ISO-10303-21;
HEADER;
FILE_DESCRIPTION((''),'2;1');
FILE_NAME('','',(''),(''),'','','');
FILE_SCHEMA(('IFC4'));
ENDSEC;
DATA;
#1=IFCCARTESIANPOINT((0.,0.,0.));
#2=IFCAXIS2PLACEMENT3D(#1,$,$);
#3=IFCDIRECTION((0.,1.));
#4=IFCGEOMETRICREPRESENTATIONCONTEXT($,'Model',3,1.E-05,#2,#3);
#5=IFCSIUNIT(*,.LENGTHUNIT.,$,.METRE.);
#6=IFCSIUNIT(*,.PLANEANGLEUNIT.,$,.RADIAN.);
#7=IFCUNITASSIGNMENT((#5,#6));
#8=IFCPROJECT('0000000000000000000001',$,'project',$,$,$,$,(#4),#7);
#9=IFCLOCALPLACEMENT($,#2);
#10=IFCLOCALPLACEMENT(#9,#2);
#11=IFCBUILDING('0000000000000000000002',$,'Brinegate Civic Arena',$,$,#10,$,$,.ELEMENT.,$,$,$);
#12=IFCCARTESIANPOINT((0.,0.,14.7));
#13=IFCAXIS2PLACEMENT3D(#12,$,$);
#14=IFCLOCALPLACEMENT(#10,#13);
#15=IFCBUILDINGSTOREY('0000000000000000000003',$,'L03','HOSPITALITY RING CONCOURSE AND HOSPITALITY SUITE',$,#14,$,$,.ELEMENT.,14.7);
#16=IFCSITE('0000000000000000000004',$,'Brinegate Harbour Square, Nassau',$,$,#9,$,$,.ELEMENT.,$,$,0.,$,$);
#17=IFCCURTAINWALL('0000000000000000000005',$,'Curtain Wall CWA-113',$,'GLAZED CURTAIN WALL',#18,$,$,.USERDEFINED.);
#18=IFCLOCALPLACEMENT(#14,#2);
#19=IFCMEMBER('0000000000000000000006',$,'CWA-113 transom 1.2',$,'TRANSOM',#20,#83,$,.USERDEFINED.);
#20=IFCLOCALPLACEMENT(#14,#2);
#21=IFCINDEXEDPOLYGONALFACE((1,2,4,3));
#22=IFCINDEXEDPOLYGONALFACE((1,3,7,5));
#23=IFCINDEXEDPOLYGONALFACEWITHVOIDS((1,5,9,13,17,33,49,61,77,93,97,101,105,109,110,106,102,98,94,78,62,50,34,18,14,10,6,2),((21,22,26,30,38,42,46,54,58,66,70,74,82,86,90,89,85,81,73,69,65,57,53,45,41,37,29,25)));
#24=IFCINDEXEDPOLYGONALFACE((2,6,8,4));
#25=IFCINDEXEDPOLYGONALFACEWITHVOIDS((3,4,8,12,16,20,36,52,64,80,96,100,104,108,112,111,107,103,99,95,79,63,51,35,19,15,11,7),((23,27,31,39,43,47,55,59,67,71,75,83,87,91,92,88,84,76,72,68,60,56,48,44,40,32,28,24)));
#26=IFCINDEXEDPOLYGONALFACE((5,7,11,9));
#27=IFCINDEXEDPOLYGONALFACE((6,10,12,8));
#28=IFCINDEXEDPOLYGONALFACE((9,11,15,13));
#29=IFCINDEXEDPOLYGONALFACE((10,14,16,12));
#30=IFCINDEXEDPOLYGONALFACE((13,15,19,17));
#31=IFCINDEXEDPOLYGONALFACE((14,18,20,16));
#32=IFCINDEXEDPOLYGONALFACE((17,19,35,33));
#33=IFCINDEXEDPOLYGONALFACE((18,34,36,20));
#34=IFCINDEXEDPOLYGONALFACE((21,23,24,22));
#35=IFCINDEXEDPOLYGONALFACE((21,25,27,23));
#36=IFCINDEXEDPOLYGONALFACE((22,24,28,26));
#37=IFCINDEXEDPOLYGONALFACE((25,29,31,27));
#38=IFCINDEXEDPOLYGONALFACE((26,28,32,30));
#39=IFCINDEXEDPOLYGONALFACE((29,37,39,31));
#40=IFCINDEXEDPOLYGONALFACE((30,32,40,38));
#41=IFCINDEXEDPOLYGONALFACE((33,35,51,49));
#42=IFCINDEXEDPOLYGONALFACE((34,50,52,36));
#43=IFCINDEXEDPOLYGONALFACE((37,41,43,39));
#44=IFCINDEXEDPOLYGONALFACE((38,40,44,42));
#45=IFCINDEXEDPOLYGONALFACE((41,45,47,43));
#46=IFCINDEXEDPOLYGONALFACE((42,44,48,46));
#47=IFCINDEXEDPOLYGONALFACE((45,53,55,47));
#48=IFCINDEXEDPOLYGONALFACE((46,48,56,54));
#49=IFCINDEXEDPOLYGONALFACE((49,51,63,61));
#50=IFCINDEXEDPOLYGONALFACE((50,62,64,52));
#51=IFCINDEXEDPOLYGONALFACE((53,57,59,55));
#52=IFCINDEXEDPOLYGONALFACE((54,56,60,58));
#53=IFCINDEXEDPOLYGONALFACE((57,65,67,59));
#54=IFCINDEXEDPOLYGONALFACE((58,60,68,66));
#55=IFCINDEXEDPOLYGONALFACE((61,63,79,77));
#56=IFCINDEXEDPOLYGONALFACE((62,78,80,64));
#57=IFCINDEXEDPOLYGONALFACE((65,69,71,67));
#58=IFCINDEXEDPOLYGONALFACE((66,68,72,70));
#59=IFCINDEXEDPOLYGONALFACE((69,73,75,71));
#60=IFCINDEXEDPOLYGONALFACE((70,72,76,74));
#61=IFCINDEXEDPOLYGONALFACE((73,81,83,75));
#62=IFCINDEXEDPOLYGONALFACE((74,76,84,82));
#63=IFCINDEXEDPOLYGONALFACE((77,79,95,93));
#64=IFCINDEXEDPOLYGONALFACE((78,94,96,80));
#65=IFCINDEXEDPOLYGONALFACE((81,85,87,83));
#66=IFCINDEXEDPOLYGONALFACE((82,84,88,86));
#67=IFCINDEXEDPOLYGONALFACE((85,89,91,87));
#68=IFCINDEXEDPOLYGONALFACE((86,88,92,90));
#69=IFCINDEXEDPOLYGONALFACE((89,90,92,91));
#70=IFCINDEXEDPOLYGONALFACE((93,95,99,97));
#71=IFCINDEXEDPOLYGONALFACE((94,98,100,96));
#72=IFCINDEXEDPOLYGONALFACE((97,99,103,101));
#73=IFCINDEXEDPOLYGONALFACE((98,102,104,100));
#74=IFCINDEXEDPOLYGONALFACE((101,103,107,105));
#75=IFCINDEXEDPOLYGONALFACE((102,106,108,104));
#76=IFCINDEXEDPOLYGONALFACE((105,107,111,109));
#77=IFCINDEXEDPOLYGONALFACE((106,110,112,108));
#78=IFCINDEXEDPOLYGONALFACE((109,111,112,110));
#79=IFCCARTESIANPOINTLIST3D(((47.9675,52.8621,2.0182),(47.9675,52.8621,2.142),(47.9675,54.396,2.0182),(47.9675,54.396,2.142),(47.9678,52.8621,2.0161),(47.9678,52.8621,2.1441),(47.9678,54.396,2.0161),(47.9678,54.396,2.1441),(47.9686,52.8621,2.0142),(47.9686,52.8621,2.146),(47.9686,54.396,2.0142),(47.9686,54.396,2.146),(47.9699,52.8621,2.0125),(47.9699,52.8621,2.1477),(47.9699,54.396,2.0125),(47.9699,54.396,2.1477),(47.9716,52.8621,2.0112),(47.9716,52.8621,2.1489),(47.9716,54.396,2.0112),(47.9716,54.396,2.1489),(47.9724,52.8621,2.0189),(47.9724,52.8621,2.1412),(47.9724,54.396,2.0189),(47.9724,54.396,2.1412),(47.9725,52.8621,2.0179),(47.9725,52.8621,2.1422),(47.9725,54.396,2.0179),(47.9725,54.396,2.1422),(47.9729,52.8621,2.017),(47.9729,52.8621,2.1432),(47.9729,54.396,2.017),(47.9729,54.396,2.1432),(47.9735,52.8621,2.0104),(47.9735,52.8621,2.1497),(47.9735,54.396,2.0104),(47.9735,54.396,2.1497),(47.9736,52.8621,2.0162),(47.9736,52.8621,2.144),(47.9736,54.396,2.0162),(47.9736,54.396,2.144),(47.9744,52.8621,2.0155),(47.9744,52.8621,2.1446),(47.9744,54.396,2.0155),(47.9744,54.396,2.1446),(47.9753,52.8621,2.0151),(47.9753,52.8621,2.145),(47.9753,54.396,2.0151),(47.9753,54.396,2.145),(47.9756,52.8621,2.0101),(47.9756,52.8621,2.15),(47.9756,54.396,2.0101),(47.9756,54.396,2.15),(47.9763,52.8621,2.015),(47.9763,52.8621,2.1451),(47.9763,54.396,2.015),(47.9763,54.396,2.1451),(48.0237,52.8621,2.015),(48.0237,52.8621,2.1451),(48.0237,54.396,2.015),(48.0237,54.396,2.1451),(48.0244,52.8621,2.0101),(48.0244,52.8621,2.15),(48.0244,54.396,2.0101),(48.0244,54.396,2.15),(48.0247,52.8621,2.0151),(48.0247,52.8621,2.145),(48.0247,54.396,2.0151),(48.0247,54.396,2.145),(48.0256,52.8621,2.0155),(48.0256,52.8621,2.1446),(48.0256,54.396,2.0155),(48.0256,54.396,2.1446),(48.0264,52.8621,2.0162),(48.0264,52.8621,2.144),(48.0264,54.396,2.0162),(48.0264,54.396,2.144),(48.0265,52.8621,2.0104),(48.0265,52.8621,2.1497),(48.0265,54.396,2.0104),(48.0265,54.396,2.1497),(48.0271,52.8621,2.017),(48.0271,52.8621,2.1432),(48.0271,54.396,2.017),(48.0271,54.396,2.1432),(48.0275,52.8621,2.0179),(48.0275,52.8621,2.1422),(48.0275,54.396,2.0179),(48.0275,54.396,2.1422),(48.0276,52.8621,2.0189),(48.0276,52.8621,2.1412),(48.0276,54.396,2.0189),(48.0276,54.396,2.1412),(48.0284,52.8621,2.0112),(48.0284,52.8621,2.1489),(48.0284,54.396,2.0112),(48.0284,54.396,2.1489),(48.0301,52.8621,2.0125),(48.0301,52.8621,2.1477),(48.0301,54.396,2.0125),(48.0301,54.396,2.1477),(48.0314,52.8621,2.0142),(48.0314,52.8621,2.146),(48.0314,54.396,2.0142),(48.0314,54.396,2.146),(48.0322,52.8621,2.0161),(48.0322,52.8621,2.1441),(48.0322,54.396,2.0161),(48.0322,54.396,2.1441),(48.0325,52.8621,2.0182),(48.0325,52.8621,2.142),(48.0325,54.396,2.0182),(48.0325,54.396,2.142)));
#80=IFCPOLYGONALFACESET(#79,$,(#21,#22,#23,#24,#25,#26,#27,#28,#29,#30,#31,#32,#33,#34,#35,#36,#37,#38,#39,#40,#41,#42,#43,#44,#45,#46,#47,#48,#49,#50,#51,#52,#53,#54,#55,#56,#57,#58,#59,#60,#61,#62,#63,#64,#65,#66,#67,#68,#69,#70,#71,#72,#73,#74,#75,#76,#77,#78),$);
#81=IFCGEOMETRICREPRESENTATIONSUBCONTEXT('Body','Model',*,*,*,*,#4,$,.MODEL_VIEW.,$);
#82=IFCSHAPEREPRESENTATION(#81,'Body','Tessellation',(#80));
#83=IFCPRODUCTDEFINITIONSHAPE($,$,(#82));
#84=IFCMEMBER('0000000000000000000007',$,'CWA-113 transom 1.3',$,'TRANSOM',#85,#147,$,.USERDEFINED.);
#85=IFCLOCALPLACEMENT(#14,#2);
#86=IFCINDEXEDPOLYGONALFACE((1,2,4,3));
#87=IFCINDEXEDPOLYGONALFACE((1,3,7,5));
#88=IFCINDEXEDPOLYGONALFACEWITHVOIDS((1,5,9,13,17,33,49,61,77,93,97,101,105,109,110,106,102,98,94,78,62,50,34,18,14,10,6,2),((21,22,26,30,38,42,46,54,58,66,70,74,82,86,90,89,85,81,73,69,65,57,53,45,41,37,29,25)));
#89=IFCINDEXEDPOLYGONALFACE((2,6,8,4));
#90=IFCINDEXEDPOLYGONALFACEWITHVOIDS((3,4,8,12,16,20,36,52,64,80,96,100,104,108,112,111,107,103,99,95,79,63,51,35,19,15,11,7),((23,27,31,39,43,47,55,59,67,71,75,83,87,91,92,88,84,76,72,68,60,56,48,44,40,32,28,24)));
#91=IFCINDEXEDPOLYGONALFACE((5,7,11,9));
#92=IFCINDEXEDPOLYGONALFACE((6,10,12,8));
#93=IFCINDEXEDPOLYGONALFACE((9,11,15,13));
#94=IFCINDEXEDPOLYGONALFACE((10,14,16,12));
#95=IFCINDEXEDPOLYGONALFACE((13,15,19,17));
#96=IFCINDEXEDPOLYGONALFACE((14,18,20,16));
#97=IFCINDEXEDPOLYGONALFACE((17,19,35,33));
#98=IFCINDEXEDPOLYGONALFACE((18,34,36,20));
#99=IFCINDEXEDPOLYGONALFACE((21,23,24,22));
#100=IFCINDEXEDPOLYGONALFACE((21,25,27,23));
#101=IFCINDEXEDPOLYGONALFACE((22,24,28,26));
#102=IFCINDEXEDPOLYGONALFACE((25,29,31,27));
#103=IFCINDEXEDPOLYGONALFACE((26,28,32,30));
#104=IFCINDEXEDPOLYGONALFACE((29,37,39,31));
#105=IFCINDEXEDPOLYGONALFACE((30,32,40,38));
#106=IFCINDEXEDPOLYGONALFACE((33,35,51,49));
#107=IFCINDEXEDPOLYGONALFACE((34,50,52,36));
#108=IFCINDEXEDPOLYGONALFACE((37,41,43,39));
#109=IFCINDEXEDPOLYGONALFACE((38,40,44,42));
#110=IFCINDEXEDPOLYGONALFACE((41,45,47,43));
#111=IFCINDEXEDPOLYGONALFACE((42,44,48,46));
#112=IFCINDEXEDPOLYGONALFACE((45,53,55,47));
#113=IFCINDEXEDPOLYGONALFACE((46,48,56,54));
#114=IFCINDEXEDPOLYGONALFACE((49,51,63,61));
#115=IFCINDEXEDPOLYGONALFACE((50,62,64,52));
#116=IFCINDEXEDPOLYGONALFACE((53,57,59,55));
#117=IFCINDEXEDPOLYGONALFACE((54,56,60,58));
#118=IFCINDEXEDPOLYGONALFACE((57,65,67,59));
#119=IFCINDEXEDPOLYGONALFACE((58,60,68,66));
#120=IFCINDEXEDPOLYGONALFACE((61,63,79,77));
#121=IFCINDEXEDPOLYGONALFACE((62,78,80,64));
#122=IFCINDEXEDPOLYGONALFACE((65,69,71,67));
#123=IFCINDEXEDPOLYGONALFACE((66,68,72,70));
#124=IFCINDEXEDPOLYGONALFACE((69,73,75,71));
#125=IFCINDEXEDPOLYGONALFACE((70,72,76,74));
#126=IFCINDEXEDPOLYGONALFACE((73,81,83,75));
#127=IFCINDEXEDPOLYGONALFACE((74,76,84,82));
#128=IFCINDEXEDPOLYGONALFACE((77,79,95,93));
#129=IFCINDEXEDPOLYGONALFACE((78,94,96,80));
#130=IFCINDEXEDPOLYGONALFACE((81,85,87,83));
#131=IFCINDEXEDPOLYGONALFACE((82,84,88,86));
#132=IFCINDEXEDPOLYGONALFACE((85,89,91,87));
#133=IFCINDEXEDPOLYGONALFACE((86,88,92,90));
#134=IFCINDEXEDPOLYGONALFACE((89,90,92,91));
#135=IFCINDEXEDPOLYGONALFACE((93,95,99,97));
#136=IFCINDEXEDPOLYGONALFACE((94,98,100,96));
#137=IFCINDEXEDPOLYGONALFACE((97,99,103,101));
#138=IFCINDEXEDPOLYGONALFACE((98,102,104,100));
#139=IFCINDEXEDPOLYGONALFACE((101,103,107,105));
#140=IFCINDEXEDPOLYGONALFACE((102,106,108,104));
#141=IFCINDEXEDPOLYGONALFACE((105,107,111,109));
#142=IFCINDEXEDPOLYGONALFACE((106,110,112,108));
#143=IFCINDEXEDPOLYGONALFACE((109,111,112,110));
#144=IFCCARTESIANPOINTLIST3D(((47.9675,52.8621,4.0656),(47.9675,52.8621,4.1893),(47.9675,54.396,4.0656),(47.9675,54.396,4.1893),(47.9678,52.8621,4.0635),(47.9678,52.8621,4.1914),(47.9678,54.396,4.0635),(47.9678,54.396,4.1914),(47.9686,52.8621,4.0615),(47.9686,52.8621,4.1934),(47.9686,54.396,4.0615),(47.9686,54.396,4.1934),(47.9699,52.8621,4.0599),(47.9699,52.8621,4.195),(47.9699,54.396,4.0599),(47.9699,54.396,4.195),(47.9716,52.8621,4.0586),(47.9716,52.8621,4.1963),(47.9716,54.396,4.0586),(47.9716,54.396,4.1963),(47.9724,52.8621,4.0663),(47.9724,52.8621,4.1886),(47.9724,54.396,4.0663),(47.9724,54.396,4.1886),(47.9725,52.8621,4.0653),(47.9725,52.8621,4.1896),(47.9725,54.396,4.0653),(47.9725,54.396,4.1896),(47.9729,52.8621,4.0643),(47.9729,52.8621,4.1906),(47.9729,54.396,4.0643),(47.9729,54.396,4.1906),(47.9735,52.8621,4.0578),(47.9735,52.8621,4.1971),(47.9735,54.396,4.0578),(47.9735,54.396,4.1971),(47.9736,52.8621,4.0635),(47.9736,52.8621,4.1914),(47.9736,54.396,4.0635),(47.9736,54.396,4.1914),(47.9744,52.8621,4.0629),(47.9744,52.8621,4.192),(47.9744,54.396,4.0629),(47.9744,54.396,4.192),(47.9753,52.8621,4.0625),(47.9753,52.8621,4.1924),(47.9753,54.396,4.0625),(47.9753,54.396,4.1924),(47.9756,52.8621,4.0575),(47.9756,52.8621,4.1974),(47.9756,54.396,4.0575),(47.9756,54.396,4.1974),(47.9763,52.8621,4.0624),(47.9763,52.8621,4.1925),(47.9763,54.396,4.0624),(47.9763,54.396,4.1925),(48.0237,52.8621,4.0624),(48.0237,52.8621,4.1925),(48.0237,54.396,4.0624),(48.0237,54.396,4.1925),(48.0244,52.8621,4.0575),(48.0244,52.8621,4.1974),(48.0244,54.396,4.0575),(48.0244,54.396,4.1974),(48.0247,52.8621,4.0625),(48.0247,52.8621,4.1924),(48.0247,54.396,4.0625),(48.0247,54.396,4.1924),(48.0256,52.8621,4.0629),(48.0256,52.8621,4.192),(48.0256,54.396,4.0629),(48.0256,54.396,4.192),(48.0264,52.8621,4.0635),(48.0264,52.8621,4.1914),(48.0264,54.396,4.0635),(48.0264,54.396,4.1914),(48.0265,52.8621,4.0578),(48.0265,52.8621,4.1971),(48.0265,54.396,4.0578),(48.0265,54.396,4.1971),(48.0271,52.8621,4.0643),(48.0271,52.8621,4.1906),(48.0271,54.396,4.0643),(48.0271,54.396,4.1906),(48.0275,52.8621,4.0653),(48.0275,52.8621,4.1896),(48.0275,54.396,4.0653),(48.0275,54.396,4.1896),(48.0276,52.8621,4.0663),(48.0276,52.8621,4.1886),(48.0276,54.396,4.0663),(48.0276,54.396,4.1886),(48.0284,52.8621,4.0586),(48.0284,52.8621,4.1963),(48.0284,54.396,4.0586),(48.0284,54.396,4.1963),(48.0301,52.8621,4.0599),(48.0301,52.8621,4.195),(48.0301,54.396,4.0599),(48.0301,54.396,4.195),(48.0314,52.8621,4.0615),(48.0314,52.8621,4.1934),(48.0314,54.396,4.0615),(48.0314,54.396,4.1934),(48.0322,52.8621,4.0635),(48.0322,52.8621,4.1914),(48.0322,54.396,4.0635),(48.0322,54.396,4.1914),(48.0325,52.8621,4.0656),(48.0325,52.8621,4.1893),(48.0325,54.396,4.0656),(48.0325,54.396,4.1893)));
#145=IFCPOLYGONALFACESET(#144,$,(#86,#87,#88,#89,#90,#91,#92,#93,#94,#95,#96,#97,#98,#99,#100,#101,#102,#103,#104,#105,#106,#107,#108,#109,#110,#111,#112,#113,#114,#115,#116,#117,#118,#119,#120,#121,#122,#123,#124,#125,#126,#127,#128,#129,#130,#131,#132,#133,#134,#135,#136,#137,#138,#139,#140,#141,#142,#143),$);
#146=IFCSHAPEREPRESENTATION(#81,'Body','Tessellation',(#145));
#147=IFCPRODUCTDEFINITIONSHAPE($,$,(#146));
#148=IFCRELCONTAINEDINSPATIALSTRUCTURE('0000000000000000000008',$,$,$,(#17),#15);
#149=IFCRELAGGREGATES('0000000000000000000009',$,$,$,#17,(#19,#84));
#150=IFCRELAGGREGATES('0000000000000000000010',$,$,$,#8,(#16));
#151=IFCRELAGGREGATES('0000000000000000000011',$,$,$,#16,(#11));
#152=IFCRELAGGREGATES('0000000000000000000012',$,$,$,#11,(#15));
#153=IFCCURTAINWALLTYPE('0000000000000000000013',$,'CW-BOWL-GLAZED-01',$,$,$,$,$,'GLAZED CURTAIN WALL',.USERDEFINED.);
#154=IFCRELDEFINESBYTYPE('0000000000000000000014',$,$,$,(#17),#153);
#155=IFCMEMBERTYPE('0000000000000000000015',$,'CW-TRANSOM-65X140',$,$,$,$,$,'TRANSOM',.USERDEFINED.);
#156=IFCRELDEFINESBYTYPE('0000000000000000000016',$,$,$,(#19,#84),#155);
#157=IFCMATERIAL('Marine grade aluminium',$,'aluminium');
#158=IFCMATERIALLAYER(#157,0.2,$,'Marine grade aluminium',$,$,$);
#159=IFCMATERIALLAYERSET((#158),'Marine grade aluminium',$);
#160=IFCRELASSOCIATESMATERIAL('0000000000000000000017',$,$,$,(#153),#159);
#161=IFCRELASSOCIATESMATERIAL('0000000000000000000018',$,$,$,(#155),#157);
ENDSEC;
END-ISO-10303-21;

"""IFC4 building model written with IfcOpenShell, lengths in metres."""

from ifc_helpers import new_model, si_unit, direction, frame, origin, origin_2d, place, context, subcontext, project, spatial, hollow_rectangle, extrude, material, layer, layer_set, material_profile, profile_set, type_object, element, aggregate, save


model = new_model("IFC4")

# Units and contexts
model_context = context("Model", 3, precision=1e-05, world=origin(), true_north=direction((0.0, 1.0)))
body_context = subcontext(model_context, "Body", "Model", "MODEL_VIEW")
ifc_project = project(units=[si_unit("LENGTHUNIT", "METRE"), si_unit("PLANEANGLEUNIT", "RADIAN")], contexts=[model_context])

# Site, building, storey
site_placement = place(None, origin())
site = spatial("IfcSite", under=ifc_project, at=site_placement, Name="Brinegate Harbour Square, Nassau", CompositionType="ELEMENT", RefElevation=0.0)
building_placement = place(site_placement, origin())
building = spatial("IfcBuilding", under=site, at=building_placement, Name="Brinegate Civic Arena", CompositionType="ELEMENT")
storey_placement = place(building_placement, frame((0.0, 0.0, 14.7)))
storey = spatial("IfcBuildingStorey", under=building, at=storey_placement, Name="L03", Description="HOSPITALITY RING CONCOURSE AND HOSPITALITY SUITE", CompositionType="ELEMENT", Elevation=14.7)

# Curtain wall
ifc_material_1 = material(Name="Marine grade aluminium", Category="aluminium")
ifc_layer_1 = layer(ifc_material_1, 0.2, Name="Marine grade aluminium")
ifc_layer_set_1 = layer_set([ifc_layer_1], Name="Marine grade aluminium")
curtain_wall_type_1 = type_object("IfcCurtainWallType", Name="CW-BOWL-GLAZED-01", ElementType="GLAZED CURTAIN WALL", PredefinedType="USERDEFINED", material=ifc_layer_set_1)
curtain_wall_1_placement = place(storey_placement, origin())
curtain_wall_1 = element("IfcCurtainWall", 1, at=curtain_wall_1_placement, inside=storey, type_object=curtain_wall_type_1, Name="Curtain Wall CWA-113", ObjectType="GLAZED CURTAIN WALL", PredefinedType="USERDEFINED")

# Members
ifc_material_profile_1 = material_profile(ifc_material_1, hollow_rectangle(XDim=0.0649, YDim=0.1399, WallThickness=0.0049, InnerFilletRadius=0.0039, OuterFilletRadius=0.0081, at=origin_2d()), Name="TRN65X140")
ifc_profile_set_1 = profile_set([ifc_material_profile_1], Name="Marine grade aluminium")
member_type_1 = type_object("IfcMemberType", Name="CW-TRANSOM-65X140", ElementType="TRANSOM", PredefinedType="USERDEFINED", material=ifc_profile_set_1)
member_1_placement = place(storey_placement, frame((48.0, 52.8621, 2.0801), z_axis=(0.0, 1.0, 0.0), x_axis=(-1.0, 0.0, 0.0)))
member_1 = element("IfcMember", 2, at=member_1_placement, type_object=member_type_1, Name="CWA-113 transom 1.2", ObjectType="TRANSOM", PredefinedType="USERDEFINED", context=body_context, shape_type="SweptSolid", body=[
    extrude(hollow_rectangle(XDim=0.0649, YDim=0.1399, WallThickness=0.0049, InnerFilletRadius=0.0039, OuterFilletRadius=0.0081, at=origin_2d()), origin(), (0.0, 0.0, 1.0), 1.5339),
])
member_2_placement = place(storey_placement, frame((48.0, 52.8621, 4.1274), z_axis=(0.0, 1.0, 0.0), x_axis=(-1.0, 0.0, 0.0)))
member_2 = element("IfcMember", 3, at=member_2_placement, type_object=member_type_1, Name="CWA-113 transom 1.3", ObjectType="TRANSOM", PredefinedType="USERDEFINED", context=body_context, shape_type="SweptSolid", body=[
    extrude(hollow_rectangle(XDim=0.0649, YDim=0.1399, WallThickness=0.0049, InnerFilletRadius=0.0039, OuterFilletRadius=0.0081, at=origin_2d()), origin(), (0.0, 0.0, 1.0), 1.5339),
])

aggregate(curtain_wall_1, [member_1, member_2])

save(model, "model.ifc")
